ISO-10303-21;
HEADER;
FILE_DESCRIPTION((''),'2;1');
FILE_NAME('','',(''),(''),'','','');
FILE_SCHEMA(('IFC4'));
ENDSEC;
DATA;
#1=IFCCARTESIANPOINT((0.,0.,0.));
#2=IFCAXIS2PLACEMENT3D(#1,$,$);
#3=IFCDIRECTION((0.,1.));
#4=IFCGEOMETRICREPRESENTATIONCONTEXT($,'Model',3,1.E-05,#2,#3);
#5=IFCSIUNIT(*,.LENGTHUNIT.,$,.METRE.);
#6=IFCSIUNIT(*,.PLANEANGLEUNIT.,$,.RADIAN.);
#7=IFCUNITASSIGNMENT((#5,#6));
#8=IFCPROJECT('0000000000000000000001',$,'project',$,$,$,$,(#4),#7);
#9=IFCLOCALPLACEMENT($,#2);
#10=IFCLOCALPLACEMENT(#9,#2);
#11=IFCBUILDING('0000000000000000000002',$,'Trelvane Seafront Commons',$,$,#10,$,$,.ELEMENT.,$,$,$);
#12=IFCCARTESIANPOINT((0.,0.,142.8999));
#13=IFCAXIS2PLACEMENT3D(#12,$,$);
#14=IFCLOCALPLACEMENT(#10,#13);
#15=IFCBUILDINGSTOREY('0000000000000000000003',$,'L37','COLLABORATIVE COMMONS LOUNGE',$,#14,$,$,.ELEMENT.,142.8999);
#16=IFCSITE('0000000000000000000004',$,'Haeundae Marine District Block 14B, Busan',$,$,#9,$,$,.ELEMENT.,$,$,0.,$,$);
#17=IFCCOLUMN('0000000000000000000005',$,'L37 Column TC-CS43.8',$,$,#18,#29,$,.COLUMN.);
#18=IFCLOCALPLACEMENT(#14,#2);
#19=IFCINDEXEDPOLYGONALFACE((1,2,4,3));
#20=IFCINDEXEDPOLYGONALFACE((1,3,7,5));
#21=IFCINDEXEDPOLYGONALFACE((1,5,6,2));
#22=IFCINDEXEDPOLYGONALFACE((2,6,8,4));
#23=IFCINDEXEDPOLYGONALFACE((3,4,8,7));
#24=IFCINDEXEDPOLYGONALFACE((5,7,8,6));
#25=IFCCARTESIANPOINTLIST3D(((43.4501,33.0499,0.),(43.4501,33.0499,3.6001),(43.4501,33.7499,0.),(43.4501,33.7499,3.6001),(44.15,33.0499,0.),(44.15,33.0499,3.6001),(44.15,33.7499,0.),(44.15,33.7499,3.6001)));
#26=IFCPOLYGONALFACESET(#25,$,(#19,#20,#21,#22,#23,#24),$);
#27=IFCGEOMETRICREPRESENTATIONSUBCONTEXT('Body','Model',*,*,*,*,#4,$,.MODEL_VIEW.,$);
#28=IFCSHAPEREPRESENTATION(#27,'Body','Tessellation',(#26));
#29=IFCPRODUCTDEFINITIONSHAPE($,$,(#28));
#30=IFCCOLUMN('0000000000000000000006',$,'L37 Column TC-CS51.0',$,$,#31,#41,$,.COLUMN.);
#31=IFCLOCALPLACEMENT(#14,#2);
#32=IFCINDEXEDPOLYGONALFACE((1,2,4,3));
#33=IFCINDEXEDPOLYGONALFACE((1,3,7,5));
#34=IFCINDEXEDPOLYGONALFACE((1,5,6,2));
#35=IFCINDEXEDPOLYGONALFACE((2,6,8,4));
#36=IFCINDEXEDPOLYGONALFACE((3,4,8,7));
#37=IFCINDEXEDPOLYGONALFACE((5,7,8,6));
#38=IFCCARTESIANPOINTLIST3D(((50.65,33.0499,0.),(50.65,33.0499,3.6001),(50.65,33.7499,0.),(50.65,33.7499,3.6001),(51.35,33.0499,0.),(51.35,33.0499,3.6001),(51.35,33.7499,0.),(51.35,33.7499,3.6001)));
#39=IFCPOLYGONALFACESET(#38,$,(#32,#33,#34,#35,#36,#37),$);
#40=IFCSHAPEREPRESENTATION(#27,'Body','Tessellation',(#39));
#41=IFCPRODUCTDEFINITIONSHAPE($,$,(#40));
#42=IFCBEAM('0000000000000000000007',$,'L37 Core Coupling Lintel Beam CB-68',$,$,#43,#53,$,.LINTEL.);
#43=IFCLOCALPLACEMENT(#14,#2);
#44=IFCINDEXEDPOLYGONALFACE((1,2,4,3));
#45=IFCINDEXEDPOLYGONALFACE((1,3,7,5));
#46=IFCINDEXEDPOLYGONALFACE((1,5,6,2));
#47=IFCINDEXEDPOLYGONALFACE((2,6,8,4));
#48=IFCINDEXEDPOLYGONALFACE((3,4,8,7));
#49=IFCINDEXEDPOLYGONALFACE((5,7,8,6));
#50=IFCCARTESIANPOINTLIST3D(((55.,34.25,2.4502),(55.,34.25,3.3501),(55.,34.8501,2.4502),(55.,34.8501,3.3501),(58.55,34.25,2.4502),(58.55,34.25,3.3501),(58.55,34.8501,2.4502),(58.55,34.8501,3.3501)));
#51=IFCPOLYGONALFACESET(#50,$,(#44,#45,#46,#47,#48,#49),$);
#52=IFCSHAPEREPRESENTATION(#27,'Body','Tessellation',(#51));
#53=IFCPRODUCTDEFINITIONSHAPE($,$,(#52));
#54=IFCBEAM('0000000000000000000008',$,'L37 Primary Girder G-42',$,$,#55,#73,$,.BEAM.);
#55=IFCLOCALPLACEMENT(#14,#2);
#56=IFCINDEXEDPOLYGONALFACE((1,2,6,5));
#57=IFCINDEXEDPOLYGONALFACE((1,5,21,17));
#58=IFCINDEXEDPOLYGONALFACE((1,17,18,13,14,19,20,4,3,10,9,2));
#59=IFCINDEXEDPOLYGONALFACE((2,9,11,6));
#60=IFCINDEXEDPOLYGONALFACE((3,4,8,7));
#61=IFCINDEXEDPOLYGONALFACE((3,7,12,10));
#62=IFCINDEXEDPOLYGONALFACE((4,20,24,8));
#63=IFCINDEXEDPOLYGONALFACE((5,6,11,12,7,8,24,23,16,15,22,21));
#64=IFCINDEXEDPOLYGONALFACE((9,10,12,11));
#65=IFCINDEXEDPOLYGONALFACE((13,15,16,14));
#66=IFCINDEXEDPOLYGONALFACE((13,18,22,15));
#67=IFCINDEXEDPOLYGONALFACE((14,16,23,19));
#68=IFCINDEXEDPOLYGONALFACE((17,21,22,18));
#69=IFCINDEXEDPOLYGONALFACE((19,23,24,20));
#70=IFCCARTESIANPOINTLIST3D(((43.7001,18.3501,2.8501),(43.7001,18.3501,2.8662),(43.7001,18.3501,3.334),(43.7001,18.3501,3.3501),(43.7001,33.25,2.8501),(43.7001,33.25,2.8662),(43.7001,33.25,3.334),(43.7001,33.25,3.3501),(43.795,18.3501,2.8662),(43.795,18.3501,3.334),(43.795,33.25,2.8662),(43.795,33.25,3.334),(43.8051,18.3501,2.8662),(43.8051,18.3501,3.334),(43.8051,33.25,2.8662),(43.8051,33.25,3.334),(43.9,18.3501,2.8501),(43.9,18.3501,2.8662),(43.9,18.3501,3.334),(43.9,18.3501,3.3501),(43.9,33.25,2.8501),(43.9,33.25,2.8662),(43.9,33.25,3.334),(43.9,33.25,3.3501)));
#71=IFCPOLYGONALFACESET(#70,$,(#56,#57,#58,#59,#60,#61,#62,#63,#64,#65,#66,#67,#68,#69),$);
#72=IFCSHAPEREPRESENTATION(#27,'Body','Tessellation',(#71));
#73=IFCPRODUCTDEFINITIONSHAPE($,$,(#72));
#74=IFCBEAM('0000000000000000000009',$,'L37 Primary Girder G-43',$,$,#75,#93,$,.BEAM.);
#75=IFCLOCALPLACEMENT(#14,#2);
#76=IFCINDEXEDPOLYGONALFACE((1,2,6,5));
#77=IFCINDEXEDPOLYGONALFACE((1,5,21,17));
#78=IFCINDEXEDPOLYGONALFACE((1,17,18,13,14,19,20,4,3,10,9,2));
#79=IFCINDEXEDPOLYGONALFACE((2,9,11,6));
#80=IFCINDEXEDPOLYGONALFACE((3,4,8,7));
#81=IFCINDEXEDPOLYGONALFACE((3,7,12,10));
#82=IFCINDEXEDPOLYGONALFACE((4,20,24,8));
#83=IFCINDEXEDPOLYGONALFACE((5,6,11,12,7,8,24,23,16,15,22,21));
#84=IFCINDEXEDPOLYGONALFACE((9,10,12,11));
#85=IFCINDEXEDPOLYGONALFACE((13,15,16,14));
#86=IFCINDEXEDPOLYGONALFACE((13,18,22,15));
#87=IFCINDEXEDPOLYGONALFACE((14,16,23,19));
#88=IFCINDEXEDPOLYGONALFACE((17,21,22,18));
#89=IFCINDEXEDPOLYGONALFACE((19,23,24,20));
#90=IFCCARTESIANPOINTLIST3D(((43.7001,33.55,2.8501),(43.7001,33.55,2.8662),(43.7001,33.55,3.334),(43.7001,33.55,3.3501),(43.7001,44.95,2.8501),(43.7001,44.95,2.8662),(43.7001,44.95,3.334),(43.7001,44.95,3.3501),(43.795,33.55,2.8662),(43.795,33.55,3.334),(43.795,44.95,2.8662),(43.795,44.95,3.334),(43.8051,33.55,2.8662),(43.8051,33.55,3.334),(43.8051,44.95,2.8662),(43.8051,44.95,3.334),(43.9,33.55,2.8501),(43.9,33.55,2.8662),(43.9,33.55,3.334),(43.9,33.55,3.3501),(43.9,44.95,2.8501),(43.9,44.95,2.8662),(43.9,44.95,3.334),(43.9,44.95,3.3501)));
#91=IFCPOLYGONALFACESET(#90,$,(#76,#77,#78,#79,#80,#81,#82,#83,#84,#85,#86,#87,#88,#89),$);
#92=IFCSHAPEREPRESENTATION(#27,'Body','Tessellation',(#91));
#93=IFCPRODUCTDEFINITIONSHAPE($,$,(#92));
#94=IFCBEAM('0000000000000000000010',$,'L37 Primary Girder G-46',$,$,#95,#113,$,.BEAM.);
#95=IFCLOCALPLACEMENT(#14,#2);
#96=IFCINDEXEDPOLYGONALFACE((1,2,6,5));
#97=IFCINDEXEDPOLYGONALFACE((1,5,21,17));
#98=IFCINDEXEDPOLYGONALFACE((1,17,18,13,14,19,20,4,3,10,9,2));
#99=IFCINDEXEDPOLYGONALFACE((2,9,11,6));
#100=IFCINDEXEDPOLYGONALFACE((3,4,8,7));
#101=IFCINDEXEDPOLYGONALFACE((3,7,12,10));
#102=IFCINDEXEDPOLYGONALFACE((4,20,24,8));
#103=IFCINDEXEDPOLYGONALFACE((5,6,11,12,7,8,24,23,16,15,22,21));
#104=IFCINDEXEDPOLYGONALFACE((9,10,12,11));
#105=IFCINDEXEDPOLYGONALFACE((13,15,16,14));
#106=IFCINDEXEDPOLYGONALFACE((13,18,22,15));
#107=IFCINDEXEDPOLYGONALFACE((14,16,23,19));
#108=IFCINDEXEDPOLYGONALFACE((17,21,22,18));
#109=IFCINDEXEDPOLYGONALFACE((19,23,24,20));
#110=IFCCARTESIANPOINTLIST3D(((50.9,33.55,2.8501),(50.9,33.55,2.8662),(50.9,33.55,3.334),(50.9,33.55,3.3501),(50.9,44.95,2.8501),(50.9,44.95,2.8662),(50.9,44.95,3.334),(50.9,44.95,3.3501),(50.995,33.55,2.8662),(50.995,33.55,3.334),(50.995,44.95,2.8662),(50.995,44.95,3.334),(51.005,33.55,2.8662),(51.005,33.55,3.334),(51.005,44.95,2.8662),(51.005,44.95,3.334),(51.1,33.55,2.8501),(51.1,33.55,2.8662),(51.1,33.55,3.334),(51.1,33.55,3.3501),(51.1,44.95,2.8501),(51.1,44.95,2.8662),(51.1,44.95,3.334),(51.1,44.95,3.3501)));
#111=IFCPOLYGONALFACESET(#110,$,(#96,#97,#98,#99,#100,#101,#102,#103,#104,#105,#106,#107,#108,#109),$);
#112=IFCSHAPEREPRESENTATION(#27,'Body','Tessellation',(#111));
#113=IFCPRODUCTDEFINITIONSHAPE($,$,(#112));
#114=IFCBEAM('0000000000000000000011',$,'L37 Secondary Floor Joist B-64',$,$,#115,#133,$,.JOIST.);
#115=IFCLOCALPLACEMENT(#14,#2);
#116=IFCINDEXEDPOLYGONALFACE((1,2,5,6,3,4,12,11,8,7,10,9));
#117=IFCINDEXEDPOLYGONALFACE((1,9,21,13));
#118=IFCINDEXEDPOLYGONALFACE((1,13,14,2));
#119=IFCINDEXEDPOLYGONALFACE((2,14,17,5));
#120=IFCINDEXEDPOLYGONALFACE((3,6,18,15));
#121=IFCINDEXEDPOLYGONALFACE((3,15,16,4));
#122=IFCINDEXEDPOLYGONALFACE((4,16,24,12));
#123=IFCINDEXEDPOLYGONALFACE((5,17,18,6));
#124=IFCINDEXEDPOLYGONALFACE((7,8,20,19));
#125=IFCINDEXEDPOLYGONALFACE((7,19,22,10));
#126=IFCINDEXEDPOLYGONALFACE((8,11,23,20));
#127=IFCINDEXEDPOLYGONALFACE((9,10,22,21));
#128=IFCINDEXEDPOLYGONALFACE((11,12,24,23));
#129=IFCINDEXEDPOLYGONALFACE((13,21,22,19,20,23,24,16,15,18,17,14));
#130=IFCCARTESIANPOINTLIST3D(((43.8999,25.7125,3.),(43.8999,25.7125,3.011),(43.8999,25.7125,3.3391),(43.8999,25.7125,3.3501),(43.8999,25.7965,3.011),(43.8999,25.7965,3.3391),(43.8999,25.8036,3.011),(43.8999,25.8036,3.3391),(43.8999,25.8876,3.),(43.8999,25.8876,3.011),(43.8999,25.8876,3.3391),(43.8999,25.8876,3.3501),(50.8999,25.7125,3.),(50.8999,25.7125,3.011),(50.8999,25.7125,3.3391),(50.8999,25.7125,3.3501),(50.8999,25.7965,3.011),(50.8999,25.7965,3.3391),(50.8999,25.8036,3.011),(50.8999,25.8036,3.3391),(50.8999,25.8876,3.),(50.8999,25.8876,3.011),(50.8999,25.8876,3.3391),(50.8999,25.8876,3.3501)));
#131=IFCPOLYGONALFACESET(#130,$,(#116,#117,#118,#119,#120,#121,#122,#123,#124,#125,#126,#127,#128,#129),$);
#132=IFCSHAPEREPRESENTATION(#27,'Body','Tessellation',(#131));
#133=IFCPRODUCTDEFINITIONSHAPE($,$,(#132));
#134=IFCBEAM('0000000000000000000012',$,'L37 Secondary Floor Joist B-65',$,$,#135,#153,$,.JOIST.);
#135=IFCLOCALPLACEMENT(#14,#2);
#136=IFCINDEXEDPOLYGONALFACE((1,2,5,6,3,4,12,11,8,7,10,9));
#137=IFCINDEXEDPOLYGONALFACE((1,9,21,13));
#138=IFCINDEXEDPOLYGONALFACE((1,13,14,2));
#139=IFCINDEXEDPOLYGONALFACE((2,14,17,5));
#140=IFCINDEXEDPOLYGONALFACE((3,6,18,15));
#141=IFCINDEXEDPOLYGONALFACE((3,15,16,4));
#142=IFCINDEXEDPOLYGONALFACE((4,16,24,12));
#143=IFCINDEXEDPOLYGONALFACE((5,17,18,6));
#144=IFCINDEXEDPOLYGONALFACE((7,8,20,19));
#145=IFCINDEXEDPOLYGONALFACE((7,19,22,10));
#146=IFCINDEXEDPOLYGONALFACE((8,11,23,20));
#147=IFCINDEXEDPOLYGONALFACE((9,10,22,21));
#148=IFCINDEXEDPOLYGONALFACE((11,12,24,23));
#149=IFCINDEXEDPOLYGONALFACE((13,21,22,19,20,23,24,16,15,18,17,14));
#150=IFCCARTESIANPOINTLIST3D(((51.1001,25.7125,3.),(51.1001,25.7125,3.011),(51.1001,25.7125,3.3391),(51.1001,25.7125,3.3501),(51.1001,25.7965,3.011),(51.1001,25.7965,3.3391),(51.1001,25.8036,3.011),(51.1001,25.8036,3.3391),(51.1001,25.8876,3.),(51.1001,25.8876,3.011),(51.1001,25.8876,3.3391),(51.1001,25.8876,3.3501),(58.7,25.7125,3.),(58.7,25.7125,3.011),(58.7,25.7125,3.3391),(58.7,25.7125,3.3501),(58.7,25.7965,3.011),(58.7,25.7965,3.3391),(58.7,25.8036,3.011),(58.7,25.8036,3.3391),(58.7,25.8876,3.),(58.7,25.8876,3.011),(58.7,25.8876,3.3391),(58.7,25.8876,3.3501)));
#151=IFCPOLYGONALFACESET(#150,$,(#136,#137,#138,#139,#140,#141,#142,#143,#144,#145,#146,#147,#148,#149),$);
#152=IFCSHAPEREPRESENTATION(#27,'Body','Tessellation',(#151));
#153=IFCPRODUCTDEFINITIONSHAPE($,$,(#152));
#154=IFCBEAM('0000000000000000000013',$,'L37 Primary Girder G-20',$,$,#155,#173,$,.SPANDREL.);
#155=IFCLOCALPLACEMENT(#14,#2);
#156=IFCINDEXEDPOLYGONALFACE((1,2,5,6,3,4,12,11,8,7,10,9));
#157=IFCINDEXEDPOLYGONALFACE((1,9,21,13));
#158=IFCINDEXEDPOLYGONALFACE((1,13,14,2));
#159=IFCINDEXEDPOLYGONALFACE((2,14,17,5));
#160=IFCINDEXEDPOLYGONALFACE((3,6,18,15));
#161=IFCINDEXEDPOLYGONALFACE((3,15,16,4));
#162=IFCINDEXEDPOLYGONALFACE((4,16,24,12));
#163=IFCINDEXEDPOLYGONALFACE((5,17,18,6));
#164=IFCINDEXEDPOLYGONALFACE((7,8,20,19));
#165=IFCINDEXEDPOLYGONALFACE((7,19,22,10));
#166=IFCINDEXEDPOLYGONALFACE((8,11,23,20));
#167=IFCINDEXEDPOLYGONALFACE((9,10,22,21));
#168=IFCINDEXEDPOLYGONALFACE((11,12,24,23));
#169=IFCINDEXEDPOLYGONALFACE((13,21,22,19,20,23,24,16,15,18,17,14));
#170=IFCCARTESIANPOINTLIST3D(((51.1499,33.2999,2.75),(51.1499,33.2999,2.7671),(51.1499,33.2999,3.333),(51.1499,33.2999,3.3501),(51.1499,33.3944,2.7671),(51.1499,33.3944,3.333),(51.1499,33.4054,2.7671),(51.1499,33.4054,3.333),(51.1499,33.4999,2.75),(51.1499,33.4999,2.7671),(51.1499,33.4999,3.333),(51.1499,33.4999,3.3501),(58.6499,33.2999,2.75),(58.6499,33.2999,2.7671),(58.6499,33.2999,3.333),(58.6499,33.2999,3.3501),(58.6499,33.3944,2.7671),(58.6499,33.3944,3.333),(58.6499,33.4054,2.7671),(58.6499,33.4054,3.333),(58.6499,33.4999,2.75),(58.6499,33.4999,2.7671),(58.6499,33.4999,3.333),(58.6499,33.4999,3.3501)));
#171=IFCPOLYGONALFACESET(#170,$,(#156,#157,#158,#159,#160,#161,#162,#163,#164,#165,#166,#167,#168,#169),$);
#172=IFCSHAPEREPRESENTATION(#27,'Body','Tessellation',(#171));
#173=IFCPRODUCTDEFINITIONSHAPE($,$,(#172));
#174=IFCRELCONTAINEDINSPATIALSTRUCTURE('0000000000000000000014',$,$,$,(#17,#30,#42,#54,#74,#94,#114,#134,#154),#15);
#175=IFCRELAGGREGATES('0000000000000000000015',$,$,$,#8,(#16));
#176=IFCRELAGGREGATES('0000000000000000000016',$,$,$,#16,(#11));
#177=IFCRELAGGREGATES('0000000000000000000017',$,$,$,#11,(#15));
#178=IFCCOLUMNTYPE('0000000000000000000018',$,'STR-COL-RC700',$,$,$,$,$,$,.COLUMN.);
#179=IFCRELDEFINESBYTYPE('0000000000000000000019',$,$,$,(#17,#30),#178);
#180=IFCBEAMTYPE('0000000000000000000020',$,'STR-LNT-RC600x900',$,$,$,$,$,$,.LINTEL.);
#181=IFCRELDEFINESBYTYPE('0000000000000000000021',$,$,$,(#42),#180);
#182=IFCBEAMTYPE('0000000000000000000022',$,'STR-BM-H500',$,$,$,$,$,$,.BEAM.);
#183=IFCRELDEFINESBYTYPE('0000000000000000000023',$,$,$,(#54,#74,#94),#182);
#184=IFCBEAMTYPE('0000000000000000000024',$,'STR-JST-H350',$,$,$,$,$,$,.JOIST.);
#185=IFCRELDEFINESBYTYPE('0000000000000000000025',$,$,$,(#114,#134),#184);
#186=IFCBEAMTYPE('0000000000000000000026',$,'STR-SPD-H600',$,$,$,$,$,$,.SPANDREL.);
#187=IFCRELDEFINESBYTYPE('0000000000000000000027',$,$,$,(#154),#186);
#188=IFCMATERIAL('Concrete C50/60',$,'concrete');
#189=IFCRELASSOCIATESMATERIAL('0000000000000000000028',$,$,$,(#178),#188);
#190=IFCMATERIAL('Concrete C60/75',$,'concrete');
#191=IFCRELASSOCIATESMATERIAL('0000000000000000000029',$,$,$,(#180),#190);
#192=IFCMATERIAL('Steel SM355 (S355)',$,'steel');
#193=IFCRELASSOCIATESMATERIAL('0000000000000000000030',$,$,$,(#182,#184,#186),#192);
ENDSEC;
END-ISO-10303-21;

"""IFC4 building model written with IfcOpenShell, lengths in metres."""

from ifc_helpers import new_model, si_unit, direction, frame, origin, origin_2d, place, context, subcontext, project, spatial, rectangle, i_section, extrude, source, transform, mapped, material, material_profile, profile_set, type_object, element, save


model = new_model("IFC4")

# Units and contexts
model_context = context("Model", 3, precision=1e-05, world=origin(), true_north=direction((0.0, 1.0)))
body_context = subcontext(model_context, "Body", "Model", "MODEL_VIEW")
ifc_project = project(units=[si_unit("LENGTHUNIT", "METRE"), si_unit("PLANEANGLEUNIT", "RADIAN")], contexts=[model_context])

# Site, building, storey
site_placement = place(None, origin())
site = spatial("IfcSite", under=ifc_project, at=site_placement, Name="Haeundae Marine District Block 14B, Busan", CompositionType="ELEMENT", RefElevation=0.0)
building_placement = place(site_placement, origin())
building = spatial("IfcBuilding", under=site, at=building_placement, Name="Trelvane Seafront Commons", CompositionType="ELEMENT")
storey_placement = place(building_placement, frame((0.0, 0.0, 142.8999)))
storey = spatial("IfcBuildingStorey", under=building, at=storey_placement, Name="L37", Description="COLLABORATIVE COMMONS LOUNGE", CompositionType="ELEMENT", Elevation=142.8999)

# Columns
ifc_material_1 = material(Name="Concrete C50/60", Category="concrete")
ifc_material_profile_1 = material_profile(ifc_material_1, rectangle(XDim=0.7, YDim=0.7, at=origin_2d()), Name="RC-700x700")
ifc_profile_set_1 = profile_set([ifc_material_profile_1], Name="Concrete C50/60")
column_type = type_object("IfcColumnType", Name="STR-COL-RC700", PredefinedType="COLUMN", material=ifc_profile_set_1)
shared_shape_1 = source(origin(), body_context, "Body", "SweptSolid", [
    extrude(rectangle(XDim=0.7, YDim=0.7, at=origin_2d()), origin(), (0.0, 0.0, 1.0), 3.6001),
])
for number, where, z_axis, x_axis, name in (
    (1, (43.8, 33.3999, 0.0), (0.0, 0.0, 1.0), (1.0, 0.0, 0.0), "L37 Column TC-CS43.8"),
    (2, (51.0, 33.3999, 0.0), (0.0, 0.0, 1.0), (1.0, 0.0, 0.0), "L37 Column TC-CS51.0"),
):
    element("IfcColumn", number, at=place(storey_placement, frame(where, z_axis=z_axis, x_axis=x_axis)), inside=storey, type_object=column_type, Name=name, PredefinedType="COLUMN", context=body_context, shape_type="MappedRepresentation", body=[
        mapped(shared_shape_1, transform((0.0, 0.0, 0.0), x_axis=(1.0, 0.0, 0.0), y_axis=(0.0, 1.0, 0.0), z_axis=(0.0, 0.0, 1.0), scale=1.0)),
    ])

# Beams
ifc_material_2 = material(Name="Concrete C60/75", Category="concrete")
ifc_material_profile_2 = material_profile(ifc_material_2, rectangle(XDim=0.6001, YDim=0.8999, at=origin_2d()), Name="RC-600x900")
ifc_profile_set_2 = profile_set([ifc_material_profile_2], Name="Concrete C60/75")
beam_type_1 = type_object("IfcBeamType", Name="STR-LNT-RC600x900", PredefinedType="LINTEL", material=ifc_profile_set_2)
shared_shape_2 = source(origin(), body_context, "Body", "SweptSolid", [
    extrude(rectangle(XDim=0.6001, YDim=0.8999, at=origin_2d()), origin(), (0.0, 0.0, 1.0), 3.55),
])
beam_1_placement = place(storey_placement, frame((55.0, 34.55, 2.9001), z_axis=(1.0, 0.0, 0.0), x_axis=(0.0, 1.0, 0.0)))
element("IfcBeam", 3, at=beam_1_placement, inside=storey, type_object=beam_type_1, Name="L37 Core Coupling Lintel Beam CB-68", PredefinedType="LINTEL", context=body_context, shape_type="MappedRepresentation", body=[
    mapped(shared_shape_2, transform((0.0, 0.0, 0.0), x_axis=(1.0, 0.0, 0.0), y_axis=(0.0, 1.0, 0.0), z_axis=(0.0, 0.0, 1.0), scale=1.0)),
])
ifc_material_3 = material(Name="Steel SM355 (S355)", Category="steel")
ifc_material_profile_3 = material_profile(ifc_material_3, i_section(OverallWidth=0.2, OverallDepth=0.5, WebThickness=0.01, FlangeThickness=0.0161, at=origin_2d()), Name="H-500x200x10x16")
ifc_profile_set_3 = profile_set([ifc_material_profile_3], Name="Steel SM355 (S355)")
beam_type_2 = type_object("IfcBeamType", Name="STR-BM-H500", PredefinedType="BEAM", material=ifc_profile_set_3)
shared_shape_3 = source(origin(), body_context, "Body", "SweptSolid", [
    extrude(i_section(OverallWidth=0.2, OverallDepth=0.5, WebThickness=0.01, FlangeThickness=0.0161, at=origin_2d()), origin(), (0.0, 0.0, 1.0), 14.8999),
])
beam_2_placement = place(storey_placement, frame((43.8, 18.3501, 3.1001), z_axis=(0.0, 1.0, 0.0), x_axis=(-1.0, 0.0, 0.0)))
element("IfcBeam", 4, at=beam_2_placement, inside=storey, type_object=beam_type_2, Name="L37 Primary Girder G-42", PredefinedType="BEAM", context=body_context, shape_type="MappedRepresentation", body=[
    mapped(shared_shape_3, transform((0.0, 0.0, 0.0), x_axis=(1.0, 0.0, 0.0), y_axis=(0.0, 1.0, 0.0), z_axis=(0.0, 0.0, 1.0), scale=1.0)),
])
shared_shape_4 = source(origin(), body_context, "Body", "SweptSolid", [
    extrude(i_section(OverallWidth=0.2, OverallDepth=0.5, WebThickness=0.01, FlangeThickness=0.0161, at=origin_2d()), origin(), (0.0, 0.0, 1.0), 11.3999),
])
for number, where, z_axis, x_axis, name in (
    (5, (43.8, 33.55, 3.1001), (0.0, 1.0, 0.0), (-1.0, 0.0, 0.0), "L37 Primary Girder G-43"),
    (6, (51.0, 33.55, 3.1001), (0.0, 1.0, 0.0), (-1.0, 0.0, 0.0), "L37 Primary Girder G-46"),
):
    element("IfcBeam", number, at=place(storey_placement, frame(where, z_axis=z_axis, x_axis=x_axis)), inside=storey, type_object=beam_type_2, Name=name, PredefinedType="BEAM", context=body_context, shape_type="MappedRepresentation", body=[
        mapped(shared_shape_4, transform((0.0, 0.0, 0.0), x_axis=(1.0, 0.0, 0.0), y_axis=(0.0, 1.0, 0.0), z_axis=(0.0, 0.0, 1.0), scale=1.0)),
    ])
ifc_material_profile_4 = material_profile(ifc_material_3, i_section(OverallWidth=0.175, OverallDepth=0.3501, WebThickness=0.0071, FlangeThickness=0.011, at=origin_2d()), Name="H-350x175x7x11")
ifc_profile_set_4 = profile_set([ifc_material_profile_4], Name="Steel SM355 (S355)")
beam_type_3 = type_object("IfcBeamType", Name="STR-JST-H350", PredefinedType="JOIST", material=ifc_profile_set_4)
shared_shape_5 = source(origin(), body_context, "Body", "SweptSolid", [
    extrude(i_section(OverallWidth=0.175, OverallDepth=0.3501, WebThickness=0.0071, FlangeThickness=0.011, at=origin_2d()), origin(), (0.0, 0.0, 1.0), 7.0),
])
beam_3_placement = place(storey_placement, frame((43.8999, 25.8, 3.175), z_axis=(1.0, 0.0, 0.0), x_axis=(0.0, 1.0, 0.0)))
element("IfcBeam", 7, at=beam_3_placement, inside=storey, type_object=beam_type_3, Name="L37 Secondary Floor Joist B-64", PredefinedType="JOIST", context=body_context, shape_type="MappedRepresentation", body=[
    mapped(shared_shape_5, transform((0.0, 0.0, 0.0), x_axis=(1.0, 0.0, 0.0), y_axis=(0.0, 1.0, 0.0), z_axis=(0.0, 0.0, 1.0), scale=1.0)),
])
shared_shape_6 = source(origin(), body_context, "Body", "SweptSolid", [
    extrude(i_section(OverallWidth=0.175, OverallDepth=0.3501, WebThickness=0.0071, FlangeThickness=0.011, at=origin_2d()), origin(), (0.0, 0.0, 1.0), 7.5999),
])
beam_4_placement = place(storey_placement, frame((51.1001, 25.8, 3.175), z_axis=(1.0, 0.0, 0.0), x_axis=(0.0, 1.0, 0.0)))
element("IfcBeam", 8, at=beam_4_placement, inside=storey, type_object=beam_type_3, Name="L37 Secondary Floor Joist B-65", PredefinedType="JOIST", context=body_context, shape_type="MappedRepresentation", body=[
    mapped(shared_shape_6, transform((0.0, 0.0, 0.0), x_axis=(1.0, 0.0, 0.0), y_axis=(0.0, 1.0, 0.0), z_axis=(0.0, 0.0, 1.0), scale=1.0)),
])
ifc_material_profile_5 = material_profile(ifc_material_3, i_section(OverallWidth=0.2, OverallDepth=0.6001, WebThickness=0.011, FlangeThickness=0.0171, at=origin_2d()), Name="H-600x200x11x17")
ifc_profile_set_5 = profile_set([ifc_material_profile_5], Name="Steel SM355 (S355)")
beam_type_4 = type_object("IfcBeamType", Name="STR-SPD-H600", PredefinedType="SPANDREL", material=ifc_profile_set_5)
shared_shape_7 = source(origin(), body_context, "Body", "SweptSolid", [
    extrude(i_section(OverallWidth=0.2, OverallDepth=0.6001, WebThickness=0.011, FlangeThickness=0.0171, at=origin_2d()), origin(), (0.0, 0.0, 1.0), 7.5),
])
beam_5_placement = place(storey_placement, frame((51.1499, 33.3999, 3.05), z_axis=(1.0, 0.0, 0.0), x_axis=(0.0, 1.0, 0.0)))
element("IfcBeam", 9, at=beam_5_placement, inside=storey, type_object=beam_type_4, Name="L37 Primary Girder G-20", PredefinedType="SPANDREL", context=body_context, shape_type="MappedRepresentation", body=[
    mapped(shared_shape_7, transform((0.0, 0.0, 0.0), x_axis=(1.0, 0.0, 0.0), y_axis=(0.0, 1.0, 0.0), z_axis=(0.0, 0.0, 1.0), scale=1.0)),
])

save(model, "model.ifc")
